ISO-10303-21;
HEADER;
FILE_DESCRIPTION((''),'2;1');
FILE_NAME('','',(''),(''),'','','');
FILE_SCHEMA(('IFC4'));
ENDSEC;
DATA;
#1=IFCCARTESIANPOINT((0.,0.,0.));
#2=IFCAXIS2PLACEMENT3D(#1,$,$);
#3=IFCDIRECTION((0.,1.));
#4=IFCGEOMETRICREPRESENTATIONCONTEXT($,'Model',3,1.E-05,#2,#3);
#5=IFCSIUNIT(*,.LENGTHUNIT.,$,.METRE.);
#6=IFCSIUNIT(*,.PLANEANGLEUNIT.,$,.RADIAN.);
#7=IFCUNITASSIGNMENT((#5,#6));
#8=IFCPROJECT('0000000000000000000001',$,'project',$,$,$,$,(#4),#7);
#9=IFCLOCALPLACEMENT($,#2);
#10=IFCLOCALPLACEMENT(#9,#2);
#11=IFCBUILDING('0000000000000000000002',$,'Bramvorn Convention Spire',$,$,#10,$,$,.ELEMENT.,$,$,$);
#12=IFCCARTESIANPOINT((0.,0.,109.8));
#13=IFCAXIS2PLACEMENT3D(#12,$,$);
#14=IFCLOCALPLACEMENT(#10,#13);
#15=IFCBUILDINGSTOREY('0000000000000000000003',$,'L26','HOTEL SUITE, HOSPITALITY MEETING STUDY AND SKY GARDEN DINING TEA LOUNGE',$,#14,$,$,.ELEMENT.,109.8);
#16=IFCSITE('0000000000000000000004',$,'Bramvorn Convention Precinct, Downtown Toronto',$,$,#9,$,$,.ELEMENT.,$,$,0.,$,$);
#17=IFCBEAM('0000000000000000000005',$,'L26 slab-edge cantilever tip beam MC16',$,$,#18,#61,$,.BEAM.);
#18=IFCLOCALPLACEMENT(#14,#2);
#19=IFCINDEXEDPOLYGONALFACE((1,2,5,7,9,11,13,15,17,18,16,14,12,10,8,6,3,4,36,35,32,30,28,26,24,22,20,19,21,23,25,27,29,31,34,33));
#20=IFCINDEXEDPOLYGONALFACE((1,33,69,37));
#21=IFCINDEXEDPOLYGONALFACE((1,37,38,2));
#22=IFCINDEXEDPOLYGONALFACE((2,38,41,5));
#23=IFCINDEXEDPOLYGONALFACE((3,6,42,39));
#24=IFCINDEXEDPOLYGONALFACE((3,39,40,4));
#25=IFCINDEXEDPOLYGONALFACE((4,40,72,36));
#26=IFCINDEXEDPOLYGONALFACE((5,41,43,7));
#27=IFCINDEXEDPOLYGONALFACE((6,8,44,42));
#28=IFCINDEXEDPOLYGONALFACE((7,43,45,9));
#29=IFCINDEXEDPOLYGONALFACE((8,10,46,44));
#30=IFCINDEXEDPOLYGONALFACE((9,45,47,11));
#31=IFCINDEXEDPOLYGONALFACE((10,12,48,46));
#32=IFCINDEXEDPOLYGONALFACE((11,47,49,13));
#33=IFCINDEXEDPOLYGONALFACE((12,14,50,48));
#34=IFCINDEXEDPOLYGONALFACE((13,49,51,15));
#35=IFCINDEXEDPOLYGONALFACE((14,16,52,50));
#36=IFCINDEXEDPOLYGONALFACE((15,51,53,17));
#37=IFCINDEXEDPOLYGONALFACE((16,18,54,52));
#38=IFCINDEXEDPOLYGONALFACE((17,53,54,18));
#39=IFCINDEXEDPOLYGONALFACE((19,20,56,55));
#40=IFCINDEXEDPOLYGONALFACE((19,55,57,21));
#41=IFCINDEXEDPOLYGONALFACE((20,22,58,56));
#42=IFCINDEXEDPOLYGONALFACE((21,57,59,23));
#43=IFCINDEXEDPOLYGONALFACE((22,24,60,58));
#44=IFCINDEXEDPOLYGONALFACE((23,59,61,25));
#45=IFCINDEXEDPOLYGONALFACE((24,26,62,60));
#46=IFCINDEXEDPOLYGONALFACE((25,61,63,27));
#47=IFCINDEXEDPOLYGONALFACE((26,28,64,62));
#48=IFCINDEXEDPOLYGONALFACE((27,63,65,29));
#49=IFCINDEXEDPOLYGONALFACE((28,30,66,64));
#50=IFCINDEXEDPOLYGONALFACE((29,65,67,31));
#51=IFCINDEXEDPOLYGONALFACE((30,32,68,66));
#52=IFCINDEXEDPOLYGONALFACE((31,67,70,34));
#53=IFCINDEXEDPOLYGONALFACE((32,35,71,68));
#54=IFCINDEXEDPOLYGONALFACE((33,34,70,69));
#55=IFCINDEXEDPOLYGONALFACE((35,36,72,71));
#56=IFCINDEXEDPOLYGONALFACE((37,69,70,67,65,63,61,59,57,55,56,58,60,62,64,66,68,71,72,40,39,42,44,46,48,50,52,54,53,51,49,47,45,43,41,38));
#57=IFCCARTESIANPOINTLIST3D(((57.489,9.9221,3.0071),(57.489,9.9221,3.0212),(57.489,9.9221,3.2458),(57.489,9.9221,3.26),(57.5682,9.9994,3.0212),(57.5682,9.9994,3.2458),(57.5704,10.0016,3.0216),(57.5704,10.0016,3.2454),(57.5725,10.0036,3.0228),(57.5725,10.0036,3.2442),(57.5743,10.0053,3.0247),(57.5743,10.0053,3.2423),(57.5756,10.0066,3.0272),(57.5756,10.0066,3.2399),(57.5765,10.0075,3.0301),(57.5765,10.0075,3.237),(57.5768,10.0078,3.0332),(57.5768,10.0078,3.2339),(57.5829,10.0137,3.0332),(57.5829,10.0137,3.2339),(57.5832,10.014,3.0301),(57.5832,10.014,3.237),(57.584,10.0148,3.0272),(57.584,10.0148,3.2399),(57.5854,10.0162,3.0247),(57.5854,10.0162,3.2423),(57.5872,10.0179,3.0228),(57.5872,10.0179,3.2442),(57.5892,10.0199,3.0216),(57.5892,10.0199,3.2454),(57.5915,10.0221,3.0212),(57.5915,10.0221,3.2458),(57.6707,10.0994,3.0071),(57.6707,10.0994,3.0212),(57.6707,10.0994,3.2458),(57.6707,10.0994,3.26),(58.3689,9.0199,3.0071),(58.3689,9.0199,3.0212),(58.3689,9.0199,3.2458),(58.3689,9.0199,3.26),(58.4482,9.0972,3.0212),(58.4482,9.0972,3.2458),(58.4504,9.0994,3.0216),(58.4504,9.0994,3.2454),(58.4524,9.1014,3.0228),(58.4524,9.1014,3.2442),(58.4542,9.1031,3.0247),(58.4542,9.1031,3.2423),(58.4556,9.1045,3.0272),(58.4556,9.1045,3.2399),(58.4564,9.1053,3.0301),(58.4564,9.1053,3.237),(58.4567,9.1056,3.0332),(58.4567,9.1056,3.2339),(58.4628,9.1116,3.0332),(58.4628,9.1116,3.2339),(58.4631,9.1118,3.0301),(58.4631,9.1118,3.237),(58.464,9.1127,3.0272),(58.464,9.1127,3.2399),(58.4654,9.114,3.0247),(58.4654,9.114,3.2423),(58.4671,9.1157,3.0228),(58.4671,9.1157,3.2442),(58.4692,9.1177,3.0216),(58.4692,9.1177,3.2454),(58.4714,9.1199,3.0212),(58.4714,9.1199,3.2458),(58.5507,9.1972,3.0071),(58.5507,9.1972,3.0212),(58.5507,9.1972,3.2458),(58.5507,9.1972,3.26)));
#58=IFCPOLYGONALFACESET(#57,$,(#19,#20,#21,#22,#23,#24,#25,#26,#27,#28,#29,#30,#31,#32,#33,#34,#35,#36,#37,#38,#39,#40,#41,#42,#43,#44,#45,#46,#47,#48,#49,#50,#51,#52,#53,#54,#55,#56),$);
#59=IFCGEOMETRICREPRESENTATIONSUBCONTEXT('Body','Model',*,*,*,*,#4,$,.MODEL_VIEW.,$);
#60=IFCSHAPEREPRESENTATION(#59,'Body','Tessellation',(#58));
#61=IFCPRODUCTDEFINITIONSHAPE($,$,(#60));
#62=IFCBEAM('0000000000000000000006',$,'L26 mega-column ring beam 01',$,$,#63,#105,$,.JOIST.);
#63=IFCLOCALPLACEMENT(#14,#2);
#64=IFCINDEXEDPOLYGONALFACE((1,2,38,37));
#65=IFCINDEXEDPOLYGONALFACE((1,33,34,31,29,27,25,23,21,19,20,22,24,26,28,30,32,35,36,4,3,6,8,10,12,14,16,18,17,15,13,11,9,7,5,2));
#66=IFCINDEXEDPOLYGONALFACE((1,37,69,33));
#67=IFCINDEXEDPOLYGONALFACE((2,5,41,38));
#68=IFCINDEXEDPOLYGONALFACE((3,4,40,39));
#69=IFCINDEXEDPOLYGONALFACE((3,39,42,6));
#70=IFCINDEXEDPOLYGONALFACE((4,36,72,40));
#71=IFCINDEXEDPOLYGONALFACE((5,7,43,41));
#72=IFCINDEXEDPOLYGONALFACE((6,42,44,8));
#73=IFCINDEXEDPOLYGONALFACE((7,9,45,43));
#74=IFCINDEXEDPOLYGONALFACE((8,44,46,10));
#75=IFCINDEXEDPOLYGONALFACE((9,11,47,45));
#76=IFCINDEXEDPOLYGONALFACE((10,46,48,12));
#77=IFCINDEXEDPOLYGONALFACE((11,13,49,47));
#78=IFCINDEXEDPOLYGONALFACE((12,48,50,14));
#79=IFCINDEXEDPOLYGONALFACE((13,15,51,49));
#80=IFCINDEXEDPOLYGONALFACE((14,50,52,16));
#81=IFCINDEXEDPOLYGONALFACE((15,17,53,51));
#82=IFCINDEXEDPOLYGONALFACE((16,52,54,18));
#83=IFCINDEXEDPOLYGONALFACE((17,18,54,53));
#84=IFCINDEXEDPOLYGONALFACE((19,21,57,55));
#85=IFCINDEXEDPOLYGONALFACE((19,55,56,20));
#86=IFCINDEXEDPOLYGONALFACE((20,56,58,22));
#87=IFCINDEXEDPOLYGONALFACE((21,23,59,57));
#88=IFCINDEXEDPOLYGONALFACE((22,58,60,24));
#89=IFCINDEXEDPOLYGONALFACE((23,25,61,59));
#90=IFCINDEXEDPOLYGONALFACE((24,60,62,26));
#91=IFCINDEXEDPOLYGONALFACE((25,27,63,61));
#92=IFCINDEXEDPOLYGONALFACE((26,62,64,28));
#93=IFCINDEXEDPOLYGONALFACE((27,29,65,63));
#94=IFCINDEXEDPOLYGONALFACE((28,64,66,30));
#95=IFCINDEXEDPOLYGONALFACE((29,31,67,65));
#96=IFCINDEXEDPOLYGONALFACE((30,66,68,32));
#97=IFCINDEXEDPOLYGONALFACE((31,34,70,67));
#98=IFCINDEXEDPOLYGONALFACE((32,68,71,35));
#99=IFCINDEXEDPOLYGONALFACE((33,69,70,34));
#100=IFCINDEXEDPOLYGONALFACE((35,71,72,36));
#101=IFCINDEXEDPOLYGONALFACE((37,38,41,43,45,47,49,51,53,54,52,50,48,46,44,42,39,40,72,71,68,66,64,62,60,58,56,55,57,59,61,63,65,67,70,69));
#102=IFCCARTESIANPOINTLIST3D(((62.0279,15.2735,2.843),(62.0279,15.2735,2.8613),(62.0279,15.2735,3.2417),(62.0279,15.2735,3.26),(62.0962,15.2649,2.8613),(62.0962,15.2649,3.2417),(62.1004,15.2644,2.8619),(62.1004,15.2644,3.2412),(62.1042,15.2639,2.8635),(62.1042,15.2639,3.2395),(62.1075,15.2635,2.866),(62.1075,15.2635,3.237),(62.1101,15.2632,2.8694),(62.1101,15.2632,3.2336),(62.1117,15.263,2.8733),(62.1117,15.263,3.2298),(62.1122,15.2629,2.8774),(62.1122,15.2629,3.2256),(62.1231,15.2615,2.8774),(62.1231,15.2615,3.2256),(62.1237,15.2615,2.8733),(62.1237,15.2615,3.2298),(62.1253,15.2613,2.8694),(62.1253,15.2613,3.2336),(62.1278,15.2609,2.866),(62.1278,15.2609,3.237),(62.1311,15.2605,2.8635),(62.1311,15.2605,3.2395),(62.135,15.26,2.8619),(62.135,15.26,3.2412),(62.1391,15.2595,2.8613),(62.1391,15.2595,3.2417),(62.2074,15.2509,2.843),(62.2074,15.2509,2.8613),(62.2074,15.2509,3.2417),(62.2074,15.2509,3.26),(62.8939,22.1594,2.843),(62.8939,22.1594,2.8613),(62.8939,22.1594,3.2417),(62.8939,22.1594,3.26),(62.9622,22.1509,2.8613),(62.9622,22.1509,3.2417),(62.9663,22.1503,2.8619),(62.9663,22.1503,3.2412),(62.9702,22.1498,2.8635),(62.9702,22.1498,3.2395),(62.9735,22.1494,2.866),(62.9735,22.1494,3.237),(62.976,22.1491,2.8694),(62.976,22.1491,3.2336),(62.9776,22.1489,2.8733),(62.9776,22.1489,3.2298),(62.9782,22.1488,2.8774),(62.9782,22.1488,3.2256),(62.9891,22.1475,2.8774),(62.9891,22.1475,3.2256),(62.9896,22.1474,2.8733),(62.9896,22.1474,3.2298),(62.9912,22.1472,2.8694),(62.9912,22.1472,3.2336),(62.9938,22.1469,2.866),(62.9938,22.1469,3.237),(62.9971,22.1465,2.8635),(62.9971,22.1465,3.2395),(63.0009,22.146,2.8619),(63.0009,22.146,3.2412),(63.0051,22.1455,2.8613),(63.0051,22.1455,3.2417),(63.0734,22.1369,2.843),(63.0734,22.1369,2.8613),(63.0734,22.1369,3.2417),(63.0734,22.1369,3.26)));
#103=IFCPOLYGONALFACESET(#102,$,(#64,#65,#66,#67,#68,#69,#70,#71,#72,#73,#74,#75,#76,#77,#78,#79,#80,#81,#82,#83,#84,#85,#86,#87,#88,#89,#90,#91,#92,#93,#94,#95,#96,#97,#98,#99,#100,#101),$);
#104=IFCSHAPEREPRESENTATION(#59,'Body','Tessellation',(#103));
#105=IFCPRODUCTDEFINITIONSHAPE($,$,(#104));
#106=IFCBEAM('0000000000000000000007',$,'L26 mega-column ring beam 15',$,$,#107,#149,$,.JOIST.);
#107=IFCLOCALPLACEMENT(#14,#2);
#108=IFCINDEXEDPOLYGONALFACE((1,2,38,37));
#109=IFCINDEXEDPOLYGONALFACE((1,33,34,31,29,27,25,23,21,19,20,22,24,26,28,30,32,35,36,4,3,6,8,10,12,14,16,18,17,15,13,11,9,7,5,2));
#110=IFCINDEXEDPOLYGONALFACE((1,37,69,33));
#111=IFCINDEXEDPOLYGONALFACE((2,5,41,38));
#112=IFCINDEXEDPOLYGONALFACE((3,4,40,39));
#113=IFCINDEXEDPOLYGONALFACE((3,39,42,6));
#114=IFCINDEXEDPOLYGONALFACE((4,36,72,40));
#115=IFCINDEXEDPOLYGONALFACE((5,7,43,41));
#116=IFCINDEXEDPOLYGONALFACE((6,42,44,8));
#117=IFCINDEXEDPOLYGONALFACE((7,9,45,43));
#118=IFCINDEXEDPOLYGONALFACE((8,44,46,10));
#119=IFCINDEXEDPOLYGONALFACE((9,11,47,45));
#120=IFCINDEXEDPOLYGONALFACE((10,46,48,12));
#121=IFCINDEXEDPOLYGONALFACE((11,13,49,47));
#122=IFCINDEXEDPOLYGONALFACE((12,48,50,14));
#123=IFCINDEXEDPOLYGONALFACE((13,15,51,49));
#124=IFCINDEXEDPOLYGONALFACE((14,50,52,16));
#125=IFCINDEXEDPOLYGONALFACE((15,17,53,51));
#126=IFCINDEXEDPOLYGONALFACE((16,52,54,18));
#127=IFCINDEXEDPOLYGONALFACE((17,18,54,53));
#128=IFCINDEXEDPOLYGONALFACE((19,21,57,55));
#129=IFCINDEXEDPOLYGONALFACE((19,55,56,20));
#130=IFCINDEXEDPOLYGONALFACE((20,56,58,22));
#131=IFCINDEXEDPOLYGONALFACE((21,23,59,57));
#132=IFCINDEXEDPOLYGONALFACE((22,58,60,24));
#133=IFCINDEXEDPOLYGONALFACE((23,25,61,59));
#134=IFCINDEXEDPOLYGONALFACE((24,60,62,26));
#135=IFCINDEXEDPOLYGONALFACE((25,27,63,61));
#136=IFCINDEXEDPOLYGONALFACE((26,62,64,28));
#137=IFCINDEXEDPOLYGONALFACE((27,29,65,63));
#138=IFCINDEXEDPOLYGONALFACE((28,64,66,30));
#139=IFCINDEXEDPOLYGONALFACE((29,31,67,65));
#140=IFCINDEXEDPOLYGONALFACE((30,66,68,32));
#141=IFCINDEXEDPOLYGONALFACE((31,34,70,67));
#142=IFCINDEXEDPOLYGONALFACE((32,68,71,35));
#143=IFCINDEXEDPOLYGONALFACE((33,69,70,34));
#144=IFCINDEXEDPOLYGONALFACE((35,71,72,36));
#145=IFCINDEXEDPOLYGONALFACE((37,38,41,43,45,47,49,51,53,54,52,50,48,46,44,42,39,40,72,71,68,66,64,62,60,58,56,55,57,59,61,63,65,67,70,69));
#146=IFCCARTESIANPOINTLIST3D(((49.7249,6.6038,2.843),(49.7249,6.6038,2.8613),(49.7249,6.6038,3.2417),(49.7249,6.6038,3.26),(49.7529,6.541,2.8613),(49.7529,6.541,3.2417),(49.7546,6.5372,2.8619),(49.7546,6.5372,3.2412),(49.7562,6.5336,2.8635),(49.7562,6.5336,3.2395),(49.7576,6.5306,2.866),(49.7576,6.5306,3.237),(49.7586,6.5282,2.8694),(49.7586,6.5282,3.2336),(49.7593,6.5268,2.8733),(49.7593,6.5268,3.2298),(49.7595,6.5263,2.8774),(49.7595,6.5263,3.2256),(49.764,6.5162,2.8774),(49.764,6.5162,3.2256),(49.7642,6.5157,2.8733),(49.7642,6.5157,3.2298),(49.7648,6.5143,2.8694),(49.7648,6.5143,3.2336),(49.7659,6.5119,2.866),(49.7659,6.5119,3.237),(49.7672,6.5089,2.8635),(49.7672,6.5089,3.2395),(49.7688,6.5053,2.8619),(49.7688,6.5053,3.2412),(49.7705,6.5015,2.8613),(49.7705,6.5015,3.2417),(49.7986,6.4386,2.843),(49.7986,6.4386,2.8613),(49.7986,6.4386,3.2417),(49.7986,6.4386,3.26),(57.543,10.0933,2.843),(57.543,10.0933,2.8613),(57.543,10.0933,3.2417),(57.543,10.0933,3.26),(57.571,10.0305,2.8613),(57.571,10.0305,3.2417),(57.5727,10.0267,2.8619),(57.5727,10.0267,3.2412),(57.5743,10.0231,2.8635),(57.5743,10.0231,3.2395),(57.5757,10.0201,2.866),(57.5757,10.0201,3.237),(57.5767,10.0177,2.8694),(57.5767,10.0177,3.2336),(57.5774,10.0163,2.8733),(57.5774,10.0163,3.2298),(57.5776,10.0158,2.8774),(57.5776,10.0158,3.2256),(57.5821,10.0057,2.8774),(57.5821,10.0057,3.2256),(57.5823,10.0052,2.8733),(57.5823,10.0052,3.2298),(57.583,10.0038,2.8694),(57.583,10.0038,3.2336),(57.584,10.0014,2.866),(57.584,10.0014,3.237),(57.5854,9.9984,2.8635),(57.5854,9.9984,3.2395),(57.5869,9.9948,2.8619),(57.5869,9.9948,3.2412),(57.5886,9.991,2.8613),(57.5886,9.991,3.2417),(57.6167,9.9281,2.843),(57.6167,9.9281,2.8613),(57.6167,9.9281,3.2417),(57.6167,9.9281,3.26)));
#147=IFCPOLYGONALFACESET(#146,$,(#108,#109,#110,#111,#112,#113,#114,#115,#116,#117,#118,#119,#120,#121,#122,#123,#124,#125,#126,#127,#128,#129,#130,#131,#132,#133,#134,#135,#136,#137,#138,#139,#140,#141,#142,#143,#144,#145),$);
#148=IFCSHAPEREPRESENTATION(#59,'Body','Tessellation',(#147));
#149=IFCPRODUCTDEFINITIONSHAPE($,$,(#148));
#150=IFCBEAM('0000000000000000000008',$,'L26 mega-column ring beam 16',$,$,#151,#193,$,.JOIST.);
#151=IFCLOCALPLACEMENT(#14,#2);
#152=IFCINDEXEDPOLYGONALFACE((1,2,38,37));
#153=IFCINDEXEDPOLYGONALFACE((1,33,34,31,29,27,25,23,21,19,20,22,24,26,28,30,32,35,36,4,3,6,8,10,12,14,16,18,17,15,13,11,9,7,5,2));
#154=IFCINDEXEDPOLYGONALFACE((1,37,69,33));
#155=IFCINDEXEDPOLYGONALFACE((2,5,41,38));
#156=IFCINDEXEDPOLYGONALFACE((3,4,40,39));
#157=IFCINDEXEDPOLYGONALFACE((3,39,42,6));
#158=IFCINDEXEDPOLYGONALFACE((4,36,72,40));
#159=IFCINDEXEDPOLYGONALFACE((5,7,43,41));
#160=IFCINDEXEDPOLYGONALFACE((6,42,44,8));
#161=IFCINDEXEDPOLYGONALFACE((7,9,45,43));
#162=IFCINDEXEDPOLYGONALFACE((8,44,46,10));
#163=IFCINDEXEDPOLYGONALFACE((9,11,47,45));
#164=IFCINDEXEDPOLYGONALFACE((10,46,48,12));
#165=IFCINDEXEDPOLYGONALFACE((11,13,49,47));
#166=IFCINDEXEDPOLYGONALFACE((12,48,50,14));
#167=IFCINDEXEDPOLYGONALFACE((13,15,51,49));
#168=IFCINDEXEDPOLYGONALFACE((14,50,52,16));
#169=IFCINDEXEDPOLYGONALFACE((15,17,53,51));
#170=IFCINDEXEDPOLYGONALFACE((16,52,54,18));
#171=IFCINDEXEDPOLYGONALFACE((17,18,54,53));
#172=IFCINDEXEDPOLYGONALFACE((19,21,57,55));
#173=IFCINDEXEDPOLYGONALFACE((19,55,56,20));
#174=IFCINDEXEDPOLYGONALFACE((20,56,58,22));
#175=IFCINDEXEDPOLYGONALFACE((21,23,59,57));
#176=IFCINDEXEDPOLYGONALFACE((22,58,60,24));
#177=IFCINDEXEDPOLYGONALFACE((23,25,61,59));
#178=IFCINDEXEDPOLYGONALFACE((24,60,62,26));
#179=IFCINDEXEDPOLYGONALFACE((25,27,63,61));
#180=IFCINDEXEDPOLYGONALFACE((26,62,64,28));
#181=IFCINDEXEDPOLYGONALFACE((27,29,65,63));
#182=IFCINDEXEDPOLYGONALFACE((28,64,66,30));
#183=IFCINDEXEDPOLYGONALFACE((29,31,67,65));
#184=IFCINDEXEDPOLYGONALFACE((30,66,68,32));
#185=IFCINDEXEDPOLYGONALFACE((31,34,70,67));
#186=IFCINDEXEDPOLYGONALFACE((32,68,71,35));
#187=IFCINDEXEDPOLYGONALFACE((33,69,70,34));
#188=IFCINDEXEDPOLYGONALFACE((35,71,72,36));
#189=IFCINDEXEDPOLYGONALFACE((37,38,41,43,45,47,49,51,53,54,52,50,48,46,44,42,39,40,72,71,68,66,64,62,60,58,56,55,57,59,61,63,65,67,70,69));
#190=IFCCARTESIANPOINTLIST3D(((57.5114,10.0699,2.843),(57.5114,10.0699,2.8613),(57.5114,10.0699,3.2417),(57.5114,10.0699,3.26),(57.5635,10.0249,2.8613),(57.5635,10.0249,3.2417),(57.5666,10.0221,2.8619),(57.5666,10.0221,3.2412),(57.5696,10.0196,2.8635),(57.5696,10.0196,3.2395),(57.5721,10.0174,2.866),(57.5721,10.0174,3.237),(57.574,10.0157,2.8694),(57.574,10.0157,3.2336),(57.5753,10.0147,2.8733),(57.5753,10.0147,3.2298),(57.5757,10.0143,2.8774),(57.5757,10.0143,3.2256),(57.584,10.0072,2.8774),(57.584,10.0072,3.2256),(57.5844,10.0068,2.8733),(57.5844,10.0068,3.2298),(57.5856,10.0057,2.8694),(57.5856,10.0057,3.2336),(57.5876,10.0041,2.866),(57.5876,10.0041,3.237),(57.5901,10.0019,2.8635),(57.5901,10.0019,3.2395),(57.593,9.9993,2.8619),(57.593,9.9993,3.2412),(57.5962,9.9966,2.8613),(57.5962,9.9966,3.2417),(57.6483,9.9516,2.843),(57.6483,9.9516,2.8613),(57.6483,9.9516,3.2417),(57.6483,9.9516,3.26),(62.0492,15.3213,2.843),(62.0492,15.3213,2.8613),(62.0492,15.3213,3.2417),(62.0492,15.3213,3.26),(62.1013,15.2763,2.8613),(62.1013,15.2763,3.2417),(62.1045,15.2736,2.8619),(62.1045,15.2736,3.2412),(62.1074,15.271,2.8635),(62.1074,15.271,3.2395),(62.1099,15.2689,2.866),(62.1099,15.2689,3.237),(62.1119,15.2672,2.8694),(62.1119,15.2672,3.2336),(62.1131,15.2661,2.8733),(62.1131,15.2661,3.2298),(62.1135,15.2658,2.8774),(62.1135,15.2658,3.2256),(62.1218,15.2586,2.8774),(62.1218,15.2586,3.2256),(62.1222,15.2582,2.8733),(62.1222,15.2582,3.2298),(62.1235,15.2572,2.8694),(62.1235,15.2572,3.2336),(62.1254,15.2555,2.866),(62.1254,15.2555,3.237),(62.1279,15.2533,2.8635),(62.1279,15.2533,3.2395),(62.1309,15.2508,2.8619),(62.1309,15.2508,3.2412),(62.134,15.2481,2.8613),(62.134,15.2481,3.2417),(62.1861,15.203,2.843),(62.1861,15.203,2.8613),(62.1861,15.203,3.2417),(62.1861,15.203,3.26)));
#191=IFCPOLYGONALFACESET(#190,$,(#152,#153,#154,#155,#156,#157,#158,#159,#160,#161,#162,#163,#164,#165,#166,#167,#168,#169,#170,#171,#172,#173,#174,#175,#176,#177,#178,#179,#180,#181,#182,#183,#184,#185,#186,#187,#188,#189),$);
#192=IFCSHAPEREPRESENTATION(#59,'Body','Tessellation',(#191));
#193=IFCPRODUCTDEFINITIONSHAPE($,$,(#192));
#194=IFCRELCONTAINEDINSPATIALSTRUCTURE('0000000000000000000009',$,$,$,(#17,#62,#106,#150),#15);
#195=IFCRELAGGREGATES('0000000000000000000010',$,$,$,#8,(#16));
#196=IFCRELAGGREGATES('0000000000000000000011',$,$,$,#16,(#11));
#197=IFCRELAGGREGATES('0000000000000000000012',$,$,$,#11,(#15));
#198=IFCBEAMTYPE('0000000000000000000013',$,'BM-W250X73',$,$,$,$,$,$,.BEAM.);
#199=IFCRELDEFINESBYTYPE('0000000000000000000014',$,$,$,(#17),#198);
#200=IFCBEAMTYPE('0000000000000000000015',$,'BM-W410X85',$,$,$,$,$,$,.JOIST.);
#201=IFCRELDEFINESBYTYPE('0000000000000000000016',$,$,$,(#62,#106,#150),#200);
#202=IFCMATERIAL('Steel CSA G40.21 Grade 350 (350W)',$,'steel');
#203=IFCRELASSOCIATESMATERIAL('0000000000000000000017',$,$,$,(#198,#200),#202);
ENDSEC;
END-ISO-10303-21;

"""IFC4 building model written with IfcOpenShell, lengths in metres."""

from ifc_helpers import new_model, si_unit, direction, frame, origin, origin_2d, place, context, subcontext, project, spatial, i_section, extrude, material, material_profile, profile_set, type_object, element, save


model = new_model("IFC4")

# Units and contexts
model_context = context("Model", 3, precision=1e-05, world=origin(), true_north=direction((0.0, 1.0)))
body_context = subcontext(model_context, "Body", "Model", "MODEL_VIEW")
ifc_project = project(units=[si_unit("LENGTHUNIT", "METRE"), si_unit("PLANEANGLEUNIT", "RADIAN")], contexts=[model_context])

# Site, building, storey
site_placement = place(None, origin())
site = spatial("IfcSite", under=ifc_project, at=site_placement, Name="Bramvorn Convention Precinct, Downtown Toronto", CompositionType="ELEMENT", RefElevation=0.0)
building_placement = place(site_placement, origin())
building = spatial("IfcBuilding", under=site, at=building_placement, Name="Bramvorn Convention Spire", CompositionType="ELEMENT")
storey_placement = place(building_placement, frame((0.0, 0.0, 109.8)))
storey = spatial("IfcBuildingStorey", under=building, at=storey_placement, Name="L26", Description="HOTEL SUITE, HOSPITALITY MEETING STUDY AND SKY GARDEN DINING TEA LOUNGE", CompositionType="ELEMENT", Elevation=109.8)

# Shared definitions
ifc_material_1 = material(Name="Steel CSA G40.21 Grade 350 (350W)", Category="steel")

# Beams
ifc_material_profile_1 = material_profile(ifc_material_1, i_section(OverallWidth=0.2539, OverallDepth=0.2529, WebThickness=0.0085, FlangeThickness=0.0142, FilletRadius=0.012, at=origin_2d()))
ifc_profile_set_1 = profile_set([ifc_material_profile_1], Name="Steel CSA G40.21 Grade 350 (350W) - W250X73")
beam_type_1 = type_object("IfcBeamType", Name="BM-W250X73", PredefinedType="BEAM", material=ifc_profile_set_1)
beam_1_placement = place(storey_placement, frame((57.5798, 10.0107, 3.1335), z_axis=(0.698237, -0.715867, 0.0), x_axis=(0.715867, 0.698237, 0.0)))
element("IfcBeam", 1, at=beam_1_placement, inside=storey, type_object=beam_type_1, Name="L26 slab-edge cantilever tip beam MC16", PredefinedType="BEAM", context=body_context, shape_type="SweptSolid", body=[
    extrude(i_section(OverallWidth=0.2539, OverallDepth=0.2529, WebThickness=0.0085, FlangeThickness=0.0142, FilletRadius=0.012, at=origin_2d()), origin(), (0.0, 0.0, 1.0), 1.2603),
])
ifc_material_profile_2 = material_profile(ifc_material_1, i_section(OverallWidth=0.1809, OverallDepth=0.417, WebThickness=0.011, FlangeThickness=0.0183, FilletRadius=0.0161, at=origin_2d()))
ifc_profile_set_2 = profile_set([ifc_material_profile_2], Name="Steel CSA G40.21 Grade 350 (350W) - W410X85")
beam_type_2 = type_object("IfcBeamType", Name="BM-W410X85", PredefinedType="JOIST", material=ifc_profile_set_2)
beam_2_placement = place(storey_placement, frame((62.1177, 15.2622, 3.0515), z_axis=(0.124775, 0.992185, 0.0), x_axis=(-0.992185, 0.124775, 0.0)))
element("IfcBeam", 2, at=beam_2_placement, inside=storey, type_object=beam_type_2, Name="L26 mega-column ring beam 01", PredefinedType="JOIST", context=body_context, shape_type="SweptSolid", body=[
    extrude(i_section(OverallWidth=0.1809, OverallDepth=0.417, WebThickness=0.011, FlangeThickness=0.0183, FilletRadius=0.0161, at=origin_2d()), origin(), (0.0, 0.0, 1.0), 6.9402),
])
beam_3_placement = place(storey_placement, frame((49.7617, 6.5212, 3.0515), z_axis=(0.91317, 0.40758, 0.0), x_axis=(-0.40758, 0.91317, 0.0)))
element("IfcBeam", 3, at=beam_3_placement, inside=storey, type_object=beam_type_2, Name="L26 mega-column ring beam 15", PredefinedType="JOIST", context=body_context, shape_type="SweptSolid", body=[
    extrude(i_section(OverallWidth=0.1809, OverallDepth=0.417, WebThickness=0.011, FlangeThickness=0.0183, FilletRadius=0.0161, at=origin_2d()), origin(), (0.0, 0.0, 1.0), 8.5615),
])
beam_4_placement = place(storey_placement, frame((57.5798, 10.0107, 3.0515), z_axis=(0.653825, 0.756646, 0.0), x_axis=(-0.756646, 0.653825, 0.0)))
element("IfcBeam", 4, at=beam_4_placement, inside=storey, type_object=beam_type_2, Name="L26 mega-column ring beam 16", PredefinedType="JOIST", context=body_context, shape_type="SweptSolid", body=[
    extrude(i_section(OverallWidth=0.1809, OverallDepth=0.417, WebThickness=0.011, FlangeThickness=0.0183, FilletRadius=0.0161, at=origin_2d()), origin(), (0.0, 0.0, 1.0), 6.9404),
])

save(model, "model.ifc")
